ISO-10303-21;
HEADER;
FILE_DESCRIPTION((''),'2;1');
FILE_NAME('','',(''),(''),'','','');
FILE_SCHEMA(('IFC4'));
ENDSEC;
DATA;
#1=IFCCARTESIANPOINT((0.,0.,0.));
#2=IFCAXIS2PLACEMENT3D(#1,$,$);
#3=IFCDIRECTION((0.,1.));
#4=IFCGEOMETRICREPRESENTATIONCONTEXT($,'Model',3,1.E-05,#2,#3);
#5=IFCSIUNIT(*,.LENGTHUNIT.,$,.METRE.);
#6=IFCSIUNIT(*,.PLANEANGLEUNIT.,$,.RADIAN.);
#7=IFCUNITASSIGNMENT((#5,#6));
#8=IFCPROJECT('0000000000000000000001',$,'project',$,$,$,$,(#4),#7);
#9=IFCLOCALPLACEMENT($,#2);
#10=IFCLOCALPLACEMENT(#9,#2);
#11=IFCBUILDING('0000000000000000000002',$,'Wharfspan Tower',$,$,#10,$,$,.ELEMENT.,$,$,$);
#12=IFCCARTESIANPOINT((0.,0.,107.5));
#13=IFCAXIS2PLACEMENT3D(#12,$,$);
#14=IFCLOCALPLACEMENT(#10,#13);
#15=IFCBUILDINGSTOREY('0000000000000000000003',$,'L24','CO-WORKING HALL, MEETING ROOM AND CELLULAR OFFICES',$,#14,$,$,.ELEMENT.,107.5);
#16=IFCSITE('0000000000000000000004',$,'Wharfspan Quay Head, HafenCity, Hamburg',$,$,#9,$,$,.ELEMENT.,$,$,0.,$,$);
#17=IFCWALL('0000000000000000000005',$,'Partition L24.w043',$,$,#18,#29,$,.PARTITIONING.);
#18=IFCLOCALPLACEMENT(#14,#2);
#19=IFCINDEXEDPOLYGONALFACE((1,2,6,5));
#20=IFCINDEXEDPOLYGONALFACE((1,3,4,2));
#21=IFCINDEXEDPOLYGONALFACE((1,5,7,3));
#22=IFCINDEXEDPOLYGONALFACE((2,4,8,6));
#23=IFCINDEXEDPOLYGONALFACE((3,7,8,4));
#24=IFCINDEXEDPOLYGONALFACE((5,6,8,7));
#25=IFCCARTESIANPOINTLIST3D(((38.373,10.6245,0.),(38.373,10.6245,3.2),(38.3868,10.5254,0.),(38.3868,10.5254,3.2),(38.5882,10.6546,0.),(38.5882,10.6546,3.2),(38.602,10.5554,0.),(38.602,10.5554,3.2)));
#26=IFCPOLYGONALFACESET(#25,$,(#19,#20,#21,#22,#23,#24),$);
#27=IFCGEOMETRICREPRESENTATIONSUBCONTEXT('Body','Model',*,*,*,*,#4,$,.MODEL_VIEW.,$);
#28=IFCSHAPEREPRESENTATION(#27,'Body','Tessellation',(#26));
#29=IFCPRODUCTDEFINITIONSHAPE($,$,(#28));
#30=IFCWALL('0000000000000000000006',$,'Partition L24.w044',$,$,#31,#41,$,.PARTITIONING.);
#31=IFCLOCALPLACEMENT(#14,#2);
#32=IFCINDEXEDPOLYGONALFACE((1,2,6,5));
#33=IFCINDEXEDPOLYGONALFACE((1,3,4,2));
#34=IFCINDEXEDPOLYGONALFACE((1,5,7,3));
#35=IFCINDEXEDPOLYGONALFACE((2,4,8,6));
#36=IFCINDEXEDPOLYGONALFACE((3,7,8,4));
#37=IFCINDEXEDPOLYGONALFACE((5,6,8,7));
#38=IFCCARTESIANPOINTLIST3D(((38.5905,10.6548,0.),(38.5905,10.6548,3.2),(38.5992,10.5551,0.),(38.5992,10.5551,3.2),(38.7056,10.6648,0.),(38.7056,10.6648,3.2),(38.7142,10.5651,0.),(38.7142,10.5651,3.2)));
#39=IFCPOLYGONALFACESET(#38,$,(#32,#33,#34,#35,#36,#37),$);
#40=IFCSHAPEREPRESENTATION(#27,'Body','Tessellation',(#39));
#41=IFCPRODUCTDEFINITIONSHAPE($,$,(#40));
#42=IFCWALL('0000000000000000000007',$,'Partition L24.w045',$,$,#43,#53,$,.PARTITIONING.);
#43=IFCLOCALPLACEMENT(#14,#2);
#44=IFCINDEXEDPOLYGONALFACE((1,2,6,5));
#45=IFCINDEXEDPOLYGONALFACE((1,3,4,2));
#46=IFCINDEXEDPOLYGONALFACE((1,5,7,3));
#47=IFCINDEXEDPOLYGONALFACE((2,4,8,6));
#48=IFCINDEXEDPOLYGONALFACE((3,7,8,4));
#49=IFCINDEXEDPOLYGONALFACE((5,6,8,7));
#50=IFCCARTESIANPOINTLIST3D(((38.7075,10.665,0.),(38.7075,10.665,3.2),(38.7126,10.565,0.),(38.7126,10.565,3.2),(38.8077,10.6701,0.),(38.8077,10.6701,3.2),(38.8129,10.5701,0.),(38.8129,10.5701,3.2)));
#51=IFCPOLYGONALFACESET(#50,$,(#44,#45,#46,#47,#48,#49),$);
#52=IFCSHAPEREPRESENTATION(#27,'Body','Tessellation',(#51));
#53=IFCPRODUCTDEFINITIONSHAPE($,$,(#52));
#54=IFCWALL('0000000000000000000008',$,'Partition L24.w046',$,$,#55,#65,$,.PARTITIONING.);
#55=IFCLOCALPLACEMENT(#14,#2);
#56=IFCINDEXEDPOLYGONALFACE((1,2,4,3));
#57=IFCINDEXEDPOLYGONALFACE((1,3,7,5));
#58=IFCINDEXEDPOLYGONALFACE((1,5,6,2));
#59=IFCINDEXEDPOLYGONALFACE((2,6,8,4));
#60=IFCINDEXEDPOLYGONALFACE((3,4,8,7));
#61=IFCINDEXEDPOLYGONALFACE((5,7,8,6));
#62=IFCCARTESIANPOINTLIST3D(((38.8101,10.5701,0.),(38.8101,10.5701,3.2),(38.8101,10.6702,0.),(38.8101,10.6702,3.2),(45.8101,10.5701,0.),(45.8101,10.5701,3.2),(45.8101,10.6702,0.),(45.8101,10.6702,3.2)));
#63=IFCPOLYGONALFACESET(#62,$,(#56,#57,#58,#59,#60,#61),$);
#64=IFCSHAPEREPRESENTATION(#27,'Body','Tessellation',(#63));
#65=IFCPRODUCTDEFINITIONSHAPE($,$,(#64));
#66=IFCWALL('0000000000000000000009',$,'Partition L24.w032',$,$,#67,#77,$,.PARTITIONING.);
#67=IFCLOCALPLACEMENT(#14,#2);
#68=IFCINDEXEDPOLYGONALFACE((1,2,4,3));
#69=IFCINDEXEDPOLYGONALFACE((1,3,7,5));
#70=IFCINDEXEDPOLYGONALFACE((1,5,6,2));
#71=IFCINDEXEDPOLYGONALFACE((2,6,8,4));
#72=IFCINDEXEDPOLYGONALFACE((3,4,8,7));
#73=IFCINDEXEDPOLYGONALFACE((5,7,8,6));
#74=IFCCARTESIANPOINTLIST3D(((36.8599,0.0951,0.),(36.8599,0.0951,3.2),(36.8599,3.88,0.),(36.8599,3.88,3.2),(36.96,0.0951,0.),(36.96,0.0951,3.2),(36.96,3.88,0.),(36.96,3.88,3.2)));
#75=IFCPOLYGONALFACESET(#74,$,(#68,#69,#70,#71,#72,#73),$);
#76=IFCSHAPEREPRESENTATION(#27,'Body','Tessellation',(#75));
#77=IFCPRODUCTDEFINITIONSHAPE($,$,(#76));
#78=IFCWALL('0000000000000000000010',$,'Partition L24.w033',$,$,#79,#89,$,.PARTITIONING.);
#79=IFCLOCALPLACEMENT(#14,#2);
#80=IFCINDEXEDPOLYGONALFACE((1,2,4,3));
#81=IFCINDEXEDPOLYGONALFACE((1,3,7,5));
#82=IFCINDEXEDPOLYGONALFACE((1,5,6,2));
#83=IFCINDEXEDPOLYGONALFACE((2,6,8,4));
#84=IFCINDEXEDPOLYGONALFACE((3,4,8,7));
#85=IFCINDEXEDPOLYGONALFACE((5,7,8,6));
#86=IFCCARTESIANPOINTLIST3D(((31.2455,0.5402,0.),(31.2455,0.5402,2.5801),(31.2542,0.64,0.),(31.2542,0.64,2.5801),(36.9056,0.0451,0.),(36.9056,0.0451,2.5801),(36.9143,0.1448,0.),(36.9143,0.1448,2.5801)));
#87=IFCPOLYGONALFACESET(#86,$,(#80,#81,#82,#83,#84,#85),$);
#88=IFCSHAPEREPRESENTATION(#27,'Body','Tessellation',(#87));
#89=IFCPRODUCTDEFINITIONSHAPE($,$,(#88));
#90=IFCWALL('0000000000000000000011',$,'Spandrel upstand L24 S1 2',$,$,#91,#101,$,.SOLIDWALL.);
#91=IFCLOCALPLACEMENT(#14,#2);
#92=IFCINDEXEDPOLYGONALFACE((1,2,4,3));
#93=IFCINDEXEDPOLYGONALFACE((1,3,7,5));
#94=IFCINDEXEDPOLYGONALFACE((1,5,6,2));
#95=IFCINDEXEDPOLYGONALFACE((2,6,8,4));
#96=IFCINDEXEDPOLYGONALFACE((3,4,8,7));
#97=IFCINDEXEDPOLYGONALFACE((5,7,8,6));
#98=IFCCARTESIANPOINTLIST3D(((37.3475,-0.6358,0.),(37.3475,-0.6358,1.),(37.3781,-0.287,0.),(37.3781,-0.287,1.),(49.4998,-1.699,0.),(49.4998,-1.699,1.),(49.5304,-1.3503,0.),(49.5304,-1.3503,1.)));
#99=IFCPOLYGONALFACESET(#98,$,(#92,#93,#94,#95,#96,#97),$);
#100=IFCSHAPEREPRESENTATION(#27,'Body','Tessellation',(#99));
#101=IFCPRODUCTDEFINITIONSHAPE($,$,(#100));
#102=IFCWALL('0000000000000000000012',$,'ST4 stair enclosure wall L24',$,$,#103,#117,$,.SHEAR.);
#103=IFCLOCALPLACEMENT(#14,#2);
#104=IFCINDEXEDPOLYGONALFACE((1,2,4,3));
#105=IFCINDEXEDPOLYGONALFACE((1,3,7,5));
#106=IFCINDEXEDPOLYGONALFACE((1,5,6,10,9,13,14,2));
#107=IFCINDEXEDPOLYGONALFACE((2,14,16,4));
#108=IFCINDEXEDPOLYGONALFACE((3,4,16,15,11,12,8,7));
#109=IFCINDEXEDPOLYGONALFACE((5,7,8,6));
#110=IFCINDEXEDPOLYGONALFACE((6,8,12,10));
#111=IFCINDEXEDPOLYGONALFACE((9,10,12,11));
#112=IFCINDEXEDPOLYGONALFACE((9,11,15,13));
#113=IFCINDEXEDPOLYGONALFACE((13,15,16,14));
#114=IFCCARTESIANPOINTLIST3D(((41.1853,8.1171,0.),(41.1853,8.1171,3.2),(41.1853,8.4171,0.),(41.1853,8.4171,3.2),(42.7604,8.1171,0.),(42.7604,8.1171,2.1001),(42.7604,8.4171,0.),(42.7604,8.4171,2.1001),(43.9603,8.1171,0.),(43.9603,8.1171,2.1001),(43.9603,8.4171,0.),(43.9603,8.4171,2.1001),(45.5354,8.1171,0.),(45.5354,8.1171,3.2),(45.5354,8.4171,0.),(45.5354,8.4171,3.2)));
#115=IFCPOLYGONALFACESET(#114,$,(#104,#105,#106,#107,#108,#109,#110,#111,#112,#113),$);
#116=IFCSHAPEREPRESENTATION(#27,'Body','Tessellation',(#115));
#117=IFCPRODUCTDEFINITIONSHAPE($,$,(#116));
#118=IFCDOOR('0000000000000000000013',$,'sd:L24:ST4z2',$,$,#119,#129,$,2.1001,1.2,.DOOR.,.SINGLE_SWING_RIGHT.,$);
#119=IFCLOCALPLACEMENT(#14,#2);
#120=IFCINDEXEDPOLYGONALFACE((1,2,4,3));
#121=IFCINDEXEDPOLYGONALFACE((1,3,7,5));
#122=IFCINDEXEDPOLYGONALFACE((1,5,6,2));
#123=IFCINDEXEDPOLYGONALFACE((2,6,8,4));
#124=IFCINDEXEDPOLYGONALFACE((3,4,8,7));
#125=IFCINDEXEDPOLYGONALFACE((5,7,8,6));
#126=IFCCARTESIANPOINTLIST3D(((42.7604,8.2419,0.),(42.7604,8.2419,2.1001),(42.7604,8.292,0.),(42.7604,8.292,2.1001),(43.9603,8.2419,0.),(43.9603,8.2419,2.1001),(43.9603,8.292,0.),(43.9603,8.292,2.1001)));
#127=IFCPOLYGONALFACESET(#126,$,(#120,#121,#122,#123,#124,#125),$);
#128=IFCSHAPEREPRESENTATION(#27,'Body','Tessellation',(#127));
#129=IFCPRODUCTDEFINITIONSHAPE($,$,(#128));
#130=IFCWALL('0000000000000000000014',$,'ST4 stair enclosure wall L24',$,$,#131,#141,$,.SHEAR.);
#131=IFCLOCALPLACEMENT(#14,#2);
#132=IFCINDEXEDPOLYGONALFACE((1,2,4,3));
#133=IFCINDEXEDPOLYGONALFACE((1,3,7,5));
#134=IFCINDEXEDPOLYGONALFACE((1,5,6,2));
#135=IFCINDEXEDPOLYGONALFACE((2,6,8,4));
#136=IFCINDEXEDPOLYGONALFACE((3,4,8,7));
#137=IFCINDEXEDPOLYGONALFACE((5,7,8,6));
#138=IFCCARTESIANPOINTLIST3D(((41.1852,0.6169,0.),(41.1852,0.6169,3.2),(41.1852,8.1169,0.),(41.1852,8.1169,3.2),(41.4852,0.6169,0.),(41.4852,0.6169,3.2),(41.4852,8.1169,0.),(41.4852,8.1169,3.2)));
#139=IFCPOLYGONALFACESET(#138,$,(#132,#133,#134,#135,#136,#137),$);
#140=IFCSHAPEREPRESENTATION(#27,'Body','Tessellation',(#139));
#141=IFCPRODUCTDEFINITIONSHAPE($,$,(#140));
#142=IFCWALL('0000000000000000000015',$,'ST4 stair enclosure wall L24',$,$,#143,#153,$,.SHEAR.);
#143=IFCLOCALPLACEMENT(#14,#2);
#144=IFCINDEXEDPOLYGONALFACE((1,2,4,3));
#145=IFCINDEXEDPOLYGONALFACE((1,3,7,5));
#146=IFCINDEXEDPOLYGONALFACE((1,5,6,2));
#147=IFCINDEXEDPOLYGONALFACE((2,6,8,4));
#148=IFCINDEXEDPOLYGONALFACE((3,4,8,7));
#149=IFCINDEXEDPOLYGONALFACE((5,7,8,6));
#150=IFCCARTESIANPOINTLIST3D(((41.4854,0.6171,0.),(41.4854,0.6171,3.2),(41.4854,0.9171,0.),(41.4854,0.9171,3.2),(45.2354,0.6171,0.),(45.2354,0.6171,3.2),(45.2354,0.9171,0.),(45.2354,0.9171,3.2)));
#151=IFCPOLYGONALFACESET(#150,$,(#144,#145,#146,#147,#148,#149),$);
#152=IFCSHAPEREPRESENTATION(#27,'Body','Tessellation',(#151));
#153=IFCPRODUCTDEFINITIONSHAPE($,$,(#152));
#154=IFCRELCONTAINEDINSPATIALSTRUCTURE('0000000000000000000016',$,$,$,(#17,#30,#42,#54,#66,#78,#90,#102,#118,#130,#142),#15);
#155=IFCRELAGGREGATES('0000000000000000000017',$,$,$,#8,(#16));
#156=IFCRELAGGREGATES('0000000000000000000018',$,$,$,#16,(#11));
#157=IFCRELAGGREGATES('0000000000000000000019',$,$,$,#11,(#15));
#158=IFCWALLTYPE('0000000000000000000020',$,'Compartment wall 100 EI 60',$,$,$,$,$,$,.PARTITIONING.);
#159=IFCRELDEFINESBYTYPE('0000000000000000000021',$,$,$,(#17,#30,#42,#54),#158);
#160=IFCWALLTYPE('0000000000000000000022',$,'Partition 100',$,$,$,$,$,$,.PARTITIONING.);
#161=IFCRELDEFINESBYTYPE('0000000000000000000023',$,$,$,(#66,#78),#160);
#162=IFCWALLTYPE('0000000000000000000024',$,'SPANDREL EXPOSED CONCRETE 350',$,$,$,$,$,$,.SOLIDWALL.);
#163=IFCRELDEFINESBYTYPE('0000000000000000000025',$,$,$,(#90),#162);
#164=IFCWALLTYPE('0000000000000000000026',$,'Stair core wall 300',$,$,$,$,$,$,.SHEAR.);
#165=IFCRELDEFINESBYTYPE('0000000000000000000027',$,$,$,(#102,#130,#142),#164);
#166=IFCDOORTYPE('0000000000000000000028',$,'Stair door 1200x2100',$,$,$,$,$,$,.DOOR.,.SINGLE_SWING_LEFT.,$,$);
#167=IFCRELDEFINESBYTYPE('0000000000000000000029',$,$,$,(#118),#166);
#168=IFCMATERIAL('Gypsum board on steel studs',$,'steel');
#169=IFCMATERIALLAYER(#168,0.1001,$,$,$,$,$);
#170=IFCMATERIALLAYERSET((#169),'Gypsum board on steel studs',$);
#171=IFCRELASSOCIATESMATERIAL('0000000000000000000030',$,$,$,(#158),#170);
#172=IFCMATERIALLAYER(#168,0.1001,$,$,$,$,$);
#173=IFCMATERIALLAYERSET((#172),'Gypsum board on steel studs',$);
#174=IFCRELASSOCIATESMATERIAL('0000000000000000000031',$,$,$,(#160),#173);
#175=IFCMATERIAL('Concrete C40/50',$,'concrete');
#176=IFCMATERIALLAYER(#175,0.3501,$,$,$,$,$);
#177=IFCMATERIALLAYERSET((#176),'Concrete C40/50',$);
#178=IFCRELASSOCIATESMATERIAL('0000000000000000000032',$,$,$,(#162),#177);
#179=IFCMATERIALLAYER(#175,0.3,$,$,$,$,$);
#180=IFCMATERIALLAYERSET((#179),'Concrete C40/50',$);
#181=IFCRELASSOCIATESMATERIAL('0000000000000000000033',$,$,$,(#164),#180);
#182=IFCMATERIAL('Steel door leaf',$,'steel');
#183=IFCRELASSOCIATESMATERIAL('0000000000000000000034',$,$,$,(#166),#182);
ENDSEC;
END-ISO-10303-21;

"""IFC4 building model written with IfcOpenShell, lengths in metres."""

from ifc_helpers import new_model, si_unit, direction, frame, frame_2d, origin, place, context, subcontext, project, spatial, rectangle, extrude, material, layer, layer_set, type_object, element, fill, save


model = new_model("IFC4")

# Units and contexts
model_context = context("Model", 3, precision=1e-05, world=origin(), true_north=direction((0.0, 1.0)))
body_context = subcontext(model_context, "Body", "Model", "MODEL_VIEW")
ifc_project = project(units=[si_unit("LENGTHUNIT", "METRE"), si_unit("PLANEANGLEUNIT", "RADIAN")], contexts=[model_context])

# Site, building, storey
site_placement = place(None, origin())
site = spatial("IfcSite", under=ifc_project, at=site_placement, Name="Wharfspan Quay Head, HafenCity, Hamburg", CompositionType="ELEMENT", RefElevation=0.0)
building_placement = place(site_placement, origin())
building = spatial("IfcBuilding", under=site, at=building_placement, Name="Wharfspan Tower", CompositionType="ELEMENT")
storey_placement = place(building_placement, frame((0.0, 0.0, 107.5)))
storey = spatial("IfcBuildingStorey", under=building, at=storey_placement, Name="L24", Description="CO-WORKING HALL, MEETING ROOM AND CELLULAR OFFICES", CompositionType="ELEMENT", Elevation=107.5)

# Walls
ifc_material_1 = material(Name="Gypsum board on steel studs", Category="steel")
ifc_layer_1 = layer(ifc_material_1, 0.1001)
ifc_layer_set_1 = layer_set([ifc_layer_1], Name="Gypsum board on steel studs")
wall_type_1 = type_object("IfcWallType", Name="Compartment wall 100 EI 60", PredefinedType="PARTITIONING", material=ifc_layer_set_1)
wall_1_placement = place(storey_placement, frame((38.3799, 10.575, 0.0), z_axis=(0.0, 0.0, 1.0), x_axis=(0.990394, 0.138273, 0.0)))
element("IfcWall", 1, at=wall_1_placement, inside=storey, type_object=wall_type_1, Name="Partition L24.w043", PredefinedType="PARTITIONING", context=body_context, shape_type="SweptSolid", body=[
    extrude(rectangle(XDim=0.2173, YDim=0.1001, at=frame_2d((0.1086, 0.0))), origin(), (0.0, 0.0, 1.0), 3.2),
])
wall_2_placement = place(storey_placement, frame((38.595, 10.605, 0.0), z_axis=(0.0, 0.0, 1.0), x_axis=(0.996234, 0.086721, 0.0)))
element("IfcWall", 2, at=wall_2_placement, inside=storey, type_object=wall_type_1, Name="Partition L24.w044", PredefinedType="PARTITIONING", context=body_context, shape_type="SweptSolid", body=[
    extrude(rectangle(XDim=0.1155, YDim=0.1001, at=frame_2d((0.0576, 0.0))), origin(), (0.0, 0.0, 1.0), 3.2),
])
wall_3_placement = place(storey_placement, frame((38.71, 10.615, 0.0), z_axis=(0.0, 0.0, 1.0), x_axis=(0.998687, 0.051152, 0.0)))
element("IfcWall", 3, at=wall_3_placement, inside=storey, type_object=wall_type_1, Name="Partition L24.w045", PredefinedType="PARTITIONING", context=body_context, shape_type="SweptSolid", body=[
    extrude(rectangle(XDim=0.1003, YDim=0.1001, at=frame_2d((0.0503, 0.0))), origin(), (0.0, 0.0, 1.0), 3.2),
])
wall_4_placement = place(storey_placement, frame((38.8101, 10.6201, 0.0), z_axis=(0.0, 0.0, 1.0), x_axis=(1.0, 0.0, 0.0)))
element("IfcWall", 4, at=wall_4_placement, inside=storey, type_object=wall_type_1, Name="Partition L24.w046", PredefinedType="PARTITIONING", context=body_context, shape_type="SweptSolid", body=[
    extrude(rectangle(XDim=7.0, YDim=0.1001, at=frame_2d((3.5, 0.0))), origin(), (0.0, 0.0, 1.0), 3.2),
])
ifc_layer_2 = layer(ifc_material_1, 0.1001)
ifc_layer_set_2 = layer_set([ifc_layer_2], Name="Gypsum board on steel studs")
wall_type_2 = type_object("IfcWallType", Name="Partition 100", PredefinedType="PARTITIONING", material=ifc_layer_set_2)
wall_5_placement = place(storey_placement, frame((36.9099, 0.095, 0.0), z_axis=(0.0, 0.0, 1.0), x_axis=(0.0, 1.0, 0.0)))
element("IfcWall", 5, at=wall_5_placement, inside=storey, type_object=wall_type_2, Name="Partition L24.w032", PredefinedType="PARTITIONING", context=body_context, shape_type="SweptSolid", body=[
    extrude(rectangle(XDim=3.7849, YDim=0.1001, at=frame_2d((1.8926, 0.0))), origin(), (0.0, 0.0, 1.0), 3.2),
])
wall_6_placement = place(storey_placement, frame((36.9099, 0.095, 0.0), z_axis=(0.0, 0.0, 1.0), x_axis=(-0.996195, 0.087145, 0.0)))
element("IfcWall", 6, at=wall_6_placement, inside=storey, type_object=wall_type_2, Name="Partition L24.w033", PredefinedType="PARTITIONING", context=body_context, shape_type="SweptSolid", body=[
    extrude(rectangle(XDim=5.6816, YDim=0.1001, at=frame_2d((2.8408, 0.0))), origin(), (0.0, 0.0, 1.0), 2.5801),
])
ifc_material_2 = material(Name="Concrete C40/50", Category="concrete")
ifc_layer_3 = layer(ifc_material_2, 0.3501)
ifc_layer_set_3 = layer_set([ifc_layer_3], Name="Concrete C40/50")
wall_type_3 = type_object("IfcWallType", Name="SPANDREL EXPOSED CONCRETE 350", PredefinedType="SOLIDWALL", material=ifc_layer_set_3)
wall_7_placement = place(storey_placement, frame((37.3628, -0.4614, 0.0), z_axis=(0.0, 0.0, 1.0), x_axis=(0.996194, -0.087159, 0.0)))
element("IfcWall", 7, at=wall_7_placement, inside=storey, type_object=wall_type_3, Name="Spandrel upstand L24 S1 2", PredefinedType="SOLIDWALL", context=body_context, shape_type="SweptSolid", body=[
    extrude(rectangle(XDim=12.1987, YDim=0.3501, at=frame_2d((6.0994, 0.0))), origin(), (0.0, 0.0, 1.0), 1.0),
])

# Wall, opening, door
ifc_layer_4 = layer(ifc_material_2, 0.3)
ifc_layer_set_4 = layer_set([ifc_layer_4], Name="Concrete C40/50")
wall_type_4 = type_object("IfcWallType", Name="Stair core wall 300", PredefinedType="SHEAR", material=ifc_layer_set_4)
wall_8_placement = place(storey_placement, frame((41.1853, 8.2671, 0.0), z_axis=(0.0, 0.0, 1.0), x_axis=(1.0, 0.0, 0.0)))
wall_8 = element("IfcWall", 8, at=wall_8_placement, inside=storey, type_object=wall_type_4, Name="ST4 stair enclosure wall L24", PredefinedType="SHEAR", context=body_context, shape_type="SweptSolid", body=[
    extrude(rectangle(XDim=4.3501, YDim=0.3, at=frame_2d((2.175, 0.0))), origin(), (0.0, 0.0, 1.0), 3.2),
])
opening_placement = place(wall_8_placement, frame((1.575, 0.0, 0.0)))
opening = element("IfcOpeningElement", 9, at=opening_placement, cuts=wall_8, PredefinedType="OPENING", context=body_context, shape_type="SweptSolid", body=[
    extrude(rectangle(XDim=1.2, YDim=2.1001, at=frame_2d((0.6001, 1.05))), frame((0.0, 0.1599, 0.0), z_axis=(0.0, -1.0, 0.0), x_axis=(1.0, 0.0, 0.0)), (0.0, 0.0, 1.0), 0.3201),
])
ifc_material_3 = material(Name="Steel door leaf", Category="steel")
door_type = type_object("IfcDoorType", Name="Stair door 1200x2100", OperationType="SINGLE_SWING_LEFT", PredefinedType="DOOR", material=ifc_material_3)
door_placement = place(opening_placement, origin())
door = element("IfcDoor", 10, at=door_placement, inside=storey, type_object=door_type, Name="sd:L24:ST4z2", OperationType="SINGLE_SWING_RIGHT", OverallHeight=2.1001, OverallWidth=1.2, PredefinedType="DOOR", context=body_context, shape_type="SweptSolid", body=[
    extrude(rectangle(XDim=1.2, YDim=2.1001, at=frame_2d((0.6001, 1.05))), frame((0.0, 0.0249, 0.0), z_axis=(0.0, -1.0, 0.0), x_axis=(1.0, 0.0, 0.0)), (0.0, 0.0, 1.0), 0.05),
])
fill(opening, door)

# Walls
wall_9_placement = place(storey_placement, frame((41.3352, 0.6169, 0.0), z_axis=(0.0, 0.0, 1.0), x_axis=(0.0, 1.0, 0.0)))
element("IfcWall", 11, at=wall_9_placement, inside=storey, type_object=wall_type_4, Name="ST4 stair enclosure wall L24", PredefinedType="SHEAR", context=body_context, shape_type="SweptSolid", body=[
    extrude(rectangle(XDim=7.5, YDim=0.3, at=frame_2d((3.75, 0.0))), origin(), (0.0, 0.0, 1.0), 3.2),
])
wall_10_placement = place(storey_placement, frame((41.4854, 0.7671, 0.0), z_axis=(0.0, 0.0, 1.0), x_axis=(1.0, 0.0, 0.0)))
element("IfcWall", 12, at=wall_10_placement, inside=storey, type_object=wall_type_4, Name="ST4 stair enclosure wall L24", PredefinedType="SHEAR", context=body_context, shape_type="SweptSolid", body=[
    extrude(rectangle(XDim=3.75, YDim=0.3, at=frame_2d((1.875, 0.0))), origin(), (0.0, 0.0, 1.0), 3.2),
])

save(model, "model.ifc")
